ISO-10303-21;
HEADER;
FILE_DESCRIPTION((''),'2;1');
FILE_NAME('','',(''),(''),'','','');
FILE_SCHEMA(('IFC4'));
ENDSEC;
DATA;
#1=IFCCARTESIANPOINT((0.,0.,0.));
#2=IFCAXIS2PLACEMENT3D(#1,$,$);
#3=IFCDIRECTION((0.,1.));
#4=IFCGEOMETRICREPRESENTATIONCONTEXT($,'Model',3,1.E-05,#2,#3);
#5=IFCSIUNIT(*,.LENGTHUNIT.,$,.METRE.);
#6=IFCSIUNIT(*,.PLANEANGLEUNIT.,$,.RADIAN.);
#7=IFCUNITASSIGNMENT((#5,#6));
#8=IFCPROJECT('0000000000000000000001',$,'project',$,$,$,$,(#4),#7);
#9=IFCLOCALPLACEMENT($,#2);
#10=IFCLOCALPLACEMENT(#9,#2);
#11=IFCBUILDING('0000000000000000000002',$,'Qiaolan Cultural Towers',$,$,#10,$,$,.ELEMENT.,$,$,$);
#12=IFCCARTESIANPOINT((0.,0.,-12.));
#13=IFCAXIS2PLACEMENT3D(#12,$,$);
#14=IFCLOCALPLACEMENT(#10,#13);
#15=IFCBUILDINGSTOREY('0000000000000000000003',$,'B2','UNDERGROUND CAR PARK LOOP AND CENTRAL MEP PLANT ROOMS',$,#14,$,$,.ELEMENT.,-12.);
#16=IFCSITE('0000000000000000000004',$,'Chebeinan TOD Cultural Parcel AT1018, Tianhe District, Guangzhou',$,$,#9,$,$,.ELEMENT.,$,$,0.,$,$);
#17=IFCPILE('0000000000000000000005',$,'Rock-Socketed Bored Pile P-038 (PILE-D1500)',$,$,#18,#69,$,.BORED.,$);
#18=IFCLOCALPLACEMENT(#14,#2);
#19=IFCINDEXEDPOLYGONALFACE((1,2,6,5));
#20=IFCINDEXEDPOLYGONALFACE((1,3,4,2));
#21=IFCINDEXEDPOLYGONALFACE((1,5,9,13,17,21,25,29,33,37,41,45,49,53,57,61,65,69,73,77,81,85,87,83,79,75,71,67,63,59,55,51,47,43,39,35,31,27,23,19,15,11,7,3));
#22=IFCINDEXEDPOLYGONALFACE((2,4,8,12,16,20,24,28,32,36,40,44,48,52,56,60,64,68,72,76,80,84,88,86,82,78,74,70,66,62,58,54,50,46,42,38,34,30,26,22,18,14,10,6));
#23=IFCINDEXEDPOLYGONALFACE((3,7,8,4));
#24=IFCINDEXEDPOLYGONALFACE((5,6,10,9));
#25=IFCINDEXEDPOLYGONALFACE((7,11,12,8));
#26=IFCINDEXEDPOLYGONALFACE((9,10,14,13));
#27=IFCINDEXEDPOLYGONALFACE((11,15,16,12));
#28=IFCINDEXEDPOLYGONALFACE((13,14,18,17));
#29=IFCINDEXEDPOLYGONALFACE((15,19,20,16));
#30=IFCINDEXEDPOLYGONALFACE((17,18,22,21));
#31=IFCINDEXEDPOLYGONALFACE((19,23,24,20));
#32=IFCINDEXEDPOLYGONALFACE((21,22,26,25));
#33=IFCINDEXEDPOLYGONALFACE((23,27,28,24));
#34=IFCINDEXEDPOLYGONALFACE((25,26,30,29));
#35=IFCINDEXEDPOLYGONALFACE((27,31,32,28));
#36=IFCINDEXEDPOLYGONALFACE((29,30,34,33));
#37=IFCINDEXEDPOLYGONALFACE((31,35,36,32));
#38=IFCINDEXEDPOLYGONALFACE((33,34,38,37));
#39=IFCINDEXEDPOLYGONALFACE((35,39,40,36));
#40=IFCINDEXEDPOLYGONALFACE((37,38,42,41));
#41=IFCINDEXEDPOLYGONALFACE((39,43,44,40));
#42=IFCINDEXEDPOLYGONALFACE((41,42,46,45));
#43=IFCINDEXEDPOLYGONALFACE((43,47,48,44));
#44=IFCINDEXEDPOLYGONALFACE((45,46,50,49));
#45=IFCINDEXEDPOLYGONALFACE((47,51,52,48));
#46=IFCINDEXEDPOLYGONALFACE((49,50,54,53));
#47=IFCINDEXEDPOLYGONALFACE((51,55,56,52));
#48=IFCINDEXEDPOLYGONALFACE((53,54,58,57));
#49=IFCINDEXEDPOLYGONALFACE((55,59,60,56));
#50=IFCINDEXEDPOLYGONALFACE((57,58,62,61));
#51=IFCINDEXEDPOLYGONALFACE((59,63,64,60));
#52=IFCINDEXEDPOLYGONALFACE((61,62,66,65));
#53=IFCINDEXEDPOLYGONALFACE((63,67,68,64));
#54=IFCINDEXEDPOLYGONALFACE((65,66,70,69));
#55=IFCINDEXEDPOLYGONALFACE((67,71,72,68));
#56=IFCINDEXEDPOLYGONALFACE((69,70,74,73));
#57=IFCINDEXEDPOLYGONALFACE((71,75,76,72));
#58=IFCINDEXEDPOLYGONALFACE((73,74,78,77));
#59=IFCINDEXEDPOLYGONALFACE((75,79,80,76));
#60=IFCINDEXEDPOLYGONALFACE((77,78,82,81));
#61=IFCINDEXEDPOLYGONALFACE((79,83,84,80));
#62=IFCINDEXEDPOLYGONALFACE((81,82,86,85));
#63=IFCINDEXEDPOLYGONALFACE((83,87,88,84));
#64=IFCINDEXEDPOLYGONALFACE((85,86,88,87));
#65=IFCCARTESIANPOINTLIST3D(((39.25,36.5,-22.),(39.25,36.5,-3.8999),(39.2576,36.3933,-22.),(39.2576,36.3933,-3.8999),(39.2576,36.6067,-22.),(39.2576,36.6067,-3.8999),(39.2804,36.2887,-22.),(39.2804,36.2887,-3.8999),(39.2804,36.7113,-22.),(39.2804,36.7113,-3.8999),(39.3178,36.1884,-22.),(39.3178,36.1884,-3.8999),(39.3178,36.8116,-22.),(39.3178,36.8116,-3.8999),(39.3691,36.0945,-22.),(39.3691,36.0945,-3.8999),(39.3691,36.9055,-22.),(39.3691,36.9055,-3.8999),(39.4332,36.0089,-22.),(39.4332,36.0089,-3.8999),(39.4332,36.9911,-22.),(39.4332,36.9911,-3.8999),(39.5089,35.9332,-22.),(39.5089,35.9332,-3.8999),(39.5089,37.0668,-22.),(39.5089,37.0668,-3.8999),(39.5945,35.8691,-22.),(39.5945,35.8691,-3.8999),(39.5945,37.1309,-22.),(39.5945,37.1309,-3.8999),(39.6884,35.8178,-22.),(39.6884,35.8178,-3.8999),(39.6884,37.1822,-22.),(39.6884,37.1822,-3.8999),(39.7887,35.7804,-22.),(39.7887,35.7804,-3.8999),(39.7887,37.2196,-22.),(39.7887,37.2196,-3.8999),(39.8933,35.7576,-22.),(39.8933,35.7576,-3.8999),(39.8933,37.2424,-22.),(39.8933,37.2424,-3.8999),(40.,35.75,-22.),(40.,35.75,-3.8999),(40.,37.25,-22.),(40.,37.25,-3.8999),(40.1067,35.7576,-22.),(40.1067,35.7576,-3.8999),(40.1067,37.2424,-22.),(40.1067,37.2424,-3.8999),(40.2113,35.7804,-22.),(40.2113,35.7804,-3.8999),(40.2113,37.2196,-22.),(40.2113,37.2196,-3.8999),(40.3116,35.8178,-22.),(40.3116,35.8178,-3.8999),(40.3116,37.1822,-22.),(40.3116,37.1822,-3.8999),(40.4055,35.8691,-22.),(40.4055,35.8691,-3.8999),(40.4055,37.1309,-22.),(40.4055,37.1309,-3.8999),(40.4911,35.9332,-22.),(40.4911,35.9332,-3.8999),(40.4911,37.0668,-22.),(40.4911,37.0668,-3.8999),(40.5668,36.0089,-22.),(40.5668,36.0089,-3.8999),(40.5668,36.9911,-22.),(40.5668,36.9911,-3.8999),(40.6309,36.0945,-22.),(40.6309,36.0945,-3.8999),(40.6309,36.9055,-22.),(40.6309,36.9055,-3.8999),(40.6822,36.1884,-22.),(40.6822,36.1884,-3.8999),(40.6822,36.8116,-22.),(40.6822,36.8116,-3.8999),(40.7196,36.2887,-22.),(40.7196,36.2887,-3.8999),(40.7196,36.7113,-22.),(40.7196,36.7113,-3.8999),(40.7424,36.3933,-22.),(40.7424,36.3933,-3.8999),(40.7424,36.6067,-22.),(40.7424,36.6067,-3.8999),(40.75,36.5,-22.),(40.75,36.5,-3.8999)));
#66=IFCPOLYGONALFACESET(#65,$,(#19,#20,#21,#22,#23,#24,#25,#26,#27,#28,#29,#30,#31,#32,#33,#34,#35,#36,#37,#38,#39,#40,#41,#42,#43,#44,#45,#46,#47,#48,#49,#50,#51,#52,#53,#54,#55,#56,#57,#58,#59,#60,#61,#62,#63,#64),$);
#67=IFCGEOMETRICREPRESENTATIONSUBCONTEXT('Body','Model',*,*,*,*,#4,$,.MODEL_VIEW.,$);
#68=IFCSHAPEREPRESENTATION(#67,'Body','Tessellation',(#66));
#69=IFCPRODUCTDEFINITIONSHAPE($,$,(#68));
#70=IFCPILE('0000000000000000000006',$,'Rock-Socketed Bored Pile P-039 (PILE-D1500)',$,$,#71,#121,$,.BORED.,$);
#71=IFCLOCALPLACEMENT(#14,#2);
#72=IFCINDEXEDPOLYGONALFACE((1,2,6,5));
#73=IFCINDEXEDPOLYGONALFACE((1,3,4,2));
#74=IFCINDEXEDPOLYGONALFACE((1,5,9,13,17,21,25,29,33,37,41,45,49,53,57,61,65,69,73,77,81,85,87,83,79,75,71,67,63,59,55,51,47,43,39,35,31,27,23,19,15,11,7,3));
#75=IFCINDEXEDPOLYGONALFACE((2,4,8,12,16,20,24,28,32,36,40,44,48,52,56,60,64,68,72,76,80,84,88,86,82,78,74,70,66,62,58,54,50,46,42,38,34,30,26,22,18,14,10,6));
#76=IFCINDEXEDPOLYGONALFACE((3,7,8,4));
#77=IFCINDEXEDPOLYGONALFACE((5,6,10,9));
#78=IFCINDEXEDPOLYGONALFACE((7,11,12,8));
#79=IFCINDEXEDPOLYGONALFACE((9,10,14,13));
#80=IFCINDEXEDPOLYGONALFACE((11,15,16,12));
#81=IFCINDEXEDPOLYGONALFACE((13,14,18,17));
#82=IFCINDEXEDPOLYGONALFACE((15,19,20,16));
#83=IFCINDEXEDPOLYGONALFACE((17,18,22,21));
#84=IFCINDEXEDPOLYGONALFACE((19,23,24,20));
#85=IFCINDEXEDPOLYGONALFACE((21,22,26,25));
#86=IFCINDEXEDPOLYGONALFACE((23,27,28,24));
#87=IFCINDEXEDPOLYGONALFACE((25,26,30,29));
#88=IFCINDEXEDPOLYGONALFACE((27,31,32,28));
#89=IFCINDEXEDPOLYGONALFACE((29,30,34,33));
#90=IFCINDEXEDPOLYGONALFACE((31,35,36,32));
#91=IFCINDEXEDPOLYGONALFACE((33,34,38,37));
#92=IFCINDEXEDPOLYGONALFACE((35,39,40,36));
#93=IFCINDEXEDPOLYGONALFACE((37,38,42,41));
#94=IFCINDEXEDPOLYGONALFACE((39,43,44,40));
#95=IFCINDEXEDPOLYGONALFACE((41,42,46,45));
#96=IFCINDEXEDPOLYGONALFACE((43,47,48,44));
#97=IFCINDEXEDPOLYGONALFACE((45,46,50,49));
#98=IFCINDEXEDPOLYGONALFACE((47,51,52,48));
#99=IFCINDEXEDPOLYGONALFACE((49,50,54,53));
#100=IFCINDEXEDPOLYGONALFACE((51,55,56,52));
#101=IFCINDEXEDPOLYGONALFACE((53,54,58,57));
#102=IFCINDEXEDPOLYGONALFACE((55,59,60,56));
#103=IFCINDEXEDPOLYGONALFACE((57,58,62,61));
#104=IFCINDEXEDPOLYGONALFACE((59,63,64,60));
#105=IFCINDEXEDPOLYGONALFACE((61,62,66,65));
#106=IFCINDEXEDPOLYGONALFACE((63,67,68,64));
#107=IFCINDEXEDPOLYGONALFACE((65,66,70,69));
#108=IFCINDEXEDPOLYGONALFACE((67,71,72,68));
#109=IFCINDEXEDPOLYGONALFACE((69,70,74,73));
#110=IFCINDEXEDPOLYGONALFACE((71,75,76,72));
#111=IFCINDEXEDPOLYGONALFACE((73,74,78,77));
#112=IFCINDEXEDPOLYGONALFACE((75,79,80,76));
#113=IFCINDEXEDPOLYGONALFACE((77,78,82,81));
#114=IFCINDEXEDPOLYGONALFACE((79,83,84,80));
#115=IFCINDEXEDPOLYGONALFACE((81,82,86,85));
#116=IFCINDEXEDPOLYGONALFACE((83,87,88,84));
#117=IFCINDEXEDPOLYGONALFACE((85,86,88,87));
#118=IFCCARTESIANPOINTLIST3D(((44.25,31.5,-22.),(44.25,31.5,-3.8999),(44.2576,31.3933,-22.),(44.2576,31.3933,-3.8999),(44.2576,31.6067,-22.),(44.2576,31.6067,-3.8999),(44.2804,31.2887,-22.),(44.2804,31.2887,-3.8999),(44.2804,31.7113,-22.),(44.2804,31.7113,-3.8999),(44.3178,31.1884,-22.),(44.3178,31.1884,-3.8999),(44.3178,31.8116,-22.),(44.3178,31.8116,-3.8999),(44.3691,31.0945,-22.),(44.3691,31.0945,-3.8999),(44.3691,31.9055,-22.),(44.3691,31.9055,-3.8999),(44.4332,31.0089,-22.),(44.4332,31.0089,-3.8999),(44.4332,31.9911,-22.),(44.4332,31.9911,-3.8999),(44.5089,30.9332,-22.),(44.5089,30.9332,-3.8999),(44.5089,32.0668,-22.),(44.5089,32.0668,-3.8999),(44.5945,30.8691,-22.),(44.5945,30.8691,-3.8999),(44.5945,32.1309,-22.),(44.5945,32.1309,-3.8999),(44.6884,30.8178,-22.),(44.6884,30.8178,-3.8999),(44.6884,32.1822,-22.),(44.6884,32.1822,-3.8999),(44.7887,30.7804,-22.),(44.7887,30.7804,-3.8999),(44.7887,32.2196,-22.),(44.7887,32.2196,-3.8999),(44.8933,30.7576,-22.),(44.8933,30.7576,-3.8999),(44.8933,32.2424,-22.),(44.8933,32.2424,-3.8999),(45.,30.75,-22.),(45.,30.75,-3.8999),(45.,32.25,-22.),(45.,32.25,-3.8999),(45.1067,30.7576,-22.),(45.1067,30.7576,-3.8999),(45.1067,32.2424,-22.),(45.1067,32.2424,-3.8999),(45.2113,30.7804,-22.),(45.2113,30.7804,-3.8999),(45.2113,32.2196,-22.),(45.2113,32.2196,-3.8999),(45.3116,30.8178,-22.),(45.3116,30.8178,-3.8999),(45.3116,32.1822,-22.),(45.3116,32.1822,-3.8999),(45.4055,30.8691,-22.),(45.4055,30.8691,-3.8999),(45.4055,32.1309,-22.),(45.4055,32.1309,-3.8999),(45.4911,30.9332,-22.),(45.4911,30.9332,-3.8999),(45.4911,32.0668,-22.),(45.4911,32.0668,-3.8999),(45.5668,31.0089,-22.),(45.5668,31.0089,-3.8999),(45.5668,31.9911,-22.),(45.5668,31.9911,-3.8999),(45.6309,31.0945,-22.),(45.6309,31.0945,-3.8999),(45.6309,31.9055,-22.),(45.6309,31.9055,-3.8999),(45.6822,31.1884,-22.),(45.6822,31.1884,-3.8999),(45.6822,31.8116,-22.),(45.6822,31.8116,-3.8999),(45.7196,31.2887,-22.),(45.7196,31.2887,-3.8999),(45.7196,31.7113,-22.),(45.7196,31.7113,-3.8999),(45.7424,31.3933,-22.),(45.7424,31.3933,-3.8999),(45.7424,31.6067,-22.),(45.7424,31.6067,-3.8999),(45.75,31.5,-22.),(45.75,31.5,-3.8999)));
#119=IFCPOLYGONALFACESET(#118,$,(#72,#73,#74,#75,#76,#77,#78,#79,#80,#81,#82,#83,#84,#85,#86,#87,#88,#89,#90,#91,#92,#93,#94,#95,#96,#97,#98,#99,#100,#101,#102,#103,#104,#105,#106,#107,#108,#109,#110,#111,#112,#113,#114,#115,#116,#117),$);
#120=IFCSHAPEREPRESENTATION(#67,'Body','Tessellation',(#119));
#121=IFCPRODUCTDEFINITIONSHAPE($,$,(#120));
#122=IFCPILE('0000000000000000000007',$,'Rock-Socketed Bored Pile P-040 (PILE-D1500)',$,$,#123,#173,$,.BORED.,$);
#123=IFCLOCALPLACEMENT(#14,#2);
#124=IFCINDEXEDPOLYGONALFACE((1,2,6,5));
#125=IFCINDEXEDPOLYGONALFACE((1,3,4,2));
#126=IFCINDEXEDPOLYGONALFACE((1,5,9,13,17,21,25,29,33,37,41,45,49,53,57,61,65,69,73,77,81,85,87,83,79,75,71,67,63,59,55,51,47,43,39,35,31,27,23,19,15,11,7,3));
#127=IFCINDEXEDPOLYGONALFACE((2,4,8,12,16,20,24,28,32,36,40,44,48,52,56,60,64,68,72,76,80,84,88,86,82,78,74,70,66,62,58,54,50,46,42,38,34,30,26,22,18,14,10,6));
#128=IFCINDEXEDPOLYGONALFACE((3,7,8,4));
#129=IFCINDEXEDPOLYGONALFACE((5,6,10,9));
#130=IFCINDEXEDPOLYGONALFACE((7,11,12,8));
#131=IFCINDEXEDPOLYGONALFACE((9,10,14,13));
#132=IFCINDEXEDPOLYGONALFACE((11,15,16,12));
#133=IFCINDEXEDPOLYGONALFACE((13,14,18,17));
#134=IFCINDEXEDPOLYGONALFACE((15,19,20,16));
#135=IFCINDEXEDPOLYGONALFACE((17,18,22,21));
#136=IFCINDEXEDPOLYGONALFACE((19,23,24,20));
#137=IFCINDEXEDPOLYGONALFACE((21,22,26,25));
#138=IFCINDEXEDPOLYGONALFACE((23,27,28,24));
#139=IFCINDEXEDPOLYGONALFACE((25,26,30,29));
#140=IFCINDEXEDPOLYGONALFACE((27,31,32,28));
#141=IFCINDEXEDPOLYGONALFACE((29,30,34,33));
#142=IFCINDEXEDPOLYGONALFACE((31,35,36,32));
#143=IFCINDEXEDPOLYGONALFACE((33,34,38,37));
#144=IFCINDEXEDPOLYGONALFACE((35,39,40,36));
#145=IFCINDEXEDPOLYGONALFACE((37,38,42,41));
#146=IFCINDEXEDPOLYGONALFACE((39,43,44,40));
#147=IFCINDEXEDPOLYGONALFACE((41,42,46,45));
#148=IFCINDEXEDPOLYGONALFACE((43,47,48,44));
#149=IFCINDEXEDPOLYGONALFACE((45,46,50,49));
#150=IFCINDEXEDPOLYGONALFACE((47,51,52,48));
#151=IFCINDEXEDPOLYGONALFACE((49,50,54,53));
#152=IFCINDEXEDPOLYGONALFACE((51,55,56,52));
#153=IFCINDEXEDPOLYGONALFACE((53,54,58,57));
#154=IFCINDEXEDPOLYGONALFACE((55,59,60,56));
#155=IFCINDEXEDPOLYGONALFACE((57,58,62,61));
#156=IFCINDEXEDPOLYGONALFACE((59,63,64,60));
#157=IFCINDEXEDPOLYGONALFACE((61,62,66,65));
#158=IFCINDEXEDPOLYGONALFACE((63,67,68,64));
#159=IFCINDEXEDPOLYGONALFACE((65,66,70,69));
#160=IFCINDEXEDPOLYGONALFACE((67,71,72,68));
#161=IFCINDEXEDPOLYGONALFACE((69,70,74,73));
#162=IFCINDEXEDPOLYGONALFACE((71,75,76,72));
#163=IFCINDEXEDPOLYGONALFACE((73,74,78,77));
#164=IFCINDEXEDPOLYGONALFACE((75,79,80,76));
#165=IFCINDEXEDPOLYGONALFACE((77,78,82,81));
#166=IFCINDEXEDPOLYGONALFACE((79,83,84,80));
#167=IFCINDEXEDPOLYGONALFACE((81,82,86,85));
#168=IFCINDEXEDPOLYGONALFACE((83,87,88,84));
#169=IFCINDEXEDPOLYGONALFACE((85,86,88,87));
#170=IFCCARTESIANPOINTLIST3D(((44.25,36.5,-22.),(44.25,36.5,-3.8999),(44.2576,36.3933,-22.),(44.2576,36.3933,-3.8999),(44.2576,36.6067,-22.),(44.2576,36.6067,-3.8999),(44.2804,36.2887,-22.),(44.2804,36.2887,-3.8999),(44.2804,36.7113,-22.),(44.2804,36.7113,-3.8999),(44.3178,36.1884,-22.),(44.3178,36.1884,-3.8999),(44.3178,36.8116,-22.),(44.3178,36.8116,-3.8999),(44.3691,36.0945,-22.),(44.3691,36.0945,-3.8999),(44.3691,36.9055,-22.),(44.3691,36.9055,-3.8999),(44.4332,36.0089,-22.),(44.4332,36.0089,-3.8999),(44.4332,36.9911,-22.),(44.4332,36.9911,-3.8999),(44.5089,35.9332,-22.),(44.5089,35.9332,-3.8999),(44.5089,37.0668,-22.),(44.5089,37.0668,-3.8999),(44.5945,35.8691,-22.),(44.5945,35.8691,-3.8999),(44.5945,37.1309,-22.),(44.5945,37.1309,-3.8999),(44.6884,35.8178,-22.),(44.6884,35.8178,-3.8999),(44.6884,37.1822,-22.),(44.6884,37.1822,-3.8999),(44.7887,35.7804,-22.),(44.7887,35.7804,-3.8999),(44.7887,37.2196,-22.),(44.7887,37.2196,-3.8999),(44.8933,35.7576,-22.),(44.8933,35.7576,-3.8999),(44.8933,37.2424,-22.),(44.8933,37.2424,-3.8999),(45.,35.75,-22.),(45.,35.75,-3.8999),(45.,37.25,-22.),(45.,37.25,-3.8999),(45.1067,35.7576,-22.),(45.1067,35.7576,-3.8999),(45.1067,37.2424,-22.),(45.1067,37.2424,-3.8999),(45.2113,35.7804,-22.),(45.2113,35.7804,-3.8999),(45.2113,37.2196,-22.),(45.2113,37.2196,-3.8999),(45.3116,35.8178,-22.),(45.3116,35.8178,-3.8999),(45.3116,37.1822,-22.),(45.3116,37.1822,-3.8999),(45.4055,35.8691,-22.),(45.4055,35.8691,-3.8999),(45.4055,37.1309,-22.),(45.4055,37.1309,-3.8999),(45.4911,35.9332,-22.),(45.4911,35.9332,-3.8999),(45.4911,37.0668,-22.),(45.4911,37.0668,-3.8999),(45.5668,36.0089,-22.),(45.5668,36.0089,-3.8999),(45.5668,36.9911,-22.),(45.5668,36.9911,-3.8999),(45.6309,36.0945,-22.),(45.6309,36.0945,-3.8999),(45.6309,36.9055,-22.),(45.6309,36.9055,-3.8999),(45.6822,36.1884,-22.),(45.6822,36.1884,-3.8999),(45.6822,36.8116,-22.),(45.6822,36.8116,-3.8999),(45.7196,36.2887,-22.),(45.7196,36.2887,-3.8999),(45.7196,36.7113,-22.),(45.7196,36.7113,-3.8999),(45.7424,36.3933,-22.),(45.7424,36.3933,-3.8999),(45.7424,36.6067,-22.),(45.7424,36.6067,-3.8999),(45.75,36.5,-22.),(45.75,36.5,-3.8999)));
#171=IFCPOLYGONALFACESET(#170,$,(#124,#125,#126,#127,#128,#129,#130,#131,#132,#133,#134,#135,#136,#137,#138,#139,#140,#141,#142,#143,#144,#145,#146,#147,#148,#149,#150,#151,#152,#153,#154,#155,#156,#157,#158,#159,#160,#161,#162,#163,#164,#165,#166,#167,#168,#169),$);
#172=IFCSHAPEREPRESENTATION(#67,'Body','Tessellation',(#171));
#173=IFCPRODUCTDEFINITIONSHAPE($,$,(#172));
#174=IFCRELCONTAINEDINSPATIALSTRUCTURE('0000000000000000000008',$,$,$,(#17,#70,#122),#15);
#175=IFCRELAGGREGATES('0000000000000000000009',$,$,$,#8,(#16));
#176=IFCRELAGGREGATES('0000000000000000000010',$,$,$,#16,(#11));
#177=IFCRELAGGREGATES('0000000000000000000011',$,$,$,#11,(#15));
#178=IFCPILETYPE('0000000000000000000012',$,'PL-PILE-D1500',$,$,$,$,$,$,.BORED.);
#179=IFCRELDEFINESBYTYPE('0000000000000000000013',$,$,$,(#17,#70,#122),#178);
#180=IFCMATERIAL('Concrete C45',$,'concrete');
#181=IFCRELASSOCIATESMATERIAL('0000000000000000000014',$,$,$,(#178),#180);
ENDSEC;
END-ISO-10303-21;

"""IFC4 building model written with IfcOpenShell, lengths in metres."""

from ifc_helpers import new_model, si_unit, direction, frame, origin, origin_2d, place, context, subcontext, project, spatial, circle, extrude, material, material_profile, profile_set, type_object, element, save


model = new_model("IFC4")

# Units and contexts
model_context = context("Model", 3, precision=1e-05, world=origin(), true_north=direction((0.0, 1.0)))
body_context = subcontext(model_context, "Body", "Model", "MODEL_VIEW")
ifc_project = project(units=[si_unit("LENGTHUNIT", "METRE"), si_unit("PLANEANGLEUNIT", "RADIAN")], contexts=[model_context])

# Site, building, storey
site_placement = place(None, origin())
site = spatial("IfcSite", under=ifc_project, at=site_placement, Name="Chebeinan TOD Cultural Parcel AT1018, Tianhe District, Guangzhou", CompositionType="ELEMENT", RefElevation=0.0)
building_placement = place(site_placement, origin())
building = spatial("IfcBuilding", under=site, at=building_placement, Name="Qiaolan Cultural Towers", CompositionType="ELEMENT")
storey_placement = place(building_placement, frame((0.0, 0.0, -12.0)))
storey = spatial("IfcBuildingStorey", under=building, at=storey_placement, Name="B2", Description="UNDERGROUND CAR PARK LOOP AND CENTRAL MEP PLANT ROOMS", CompositionType="ELEMENT", Elevation=-12.0)

# Piles
ifc_material_1 = material(Name="Concrete C45", Category="concrete")
ifc_material_profile_1 = material_profile(ifc_material_1, circle(Radius=0.75, at=origin_2d()), Name="PILE-D1500")
ifc_profile_set_1 = profile_set([ifc_material_profile_1], Name="Concrete C45")
pile_type_1 = type_object("IfcPileType", Name="PL-PILE-D1500", PredefinedType="BORED", material=ifc_profile_set_1)
for number, where, z_axis, x_axis, name in (
    (1, (40.0, 36.5, -3.8999), (0.0, 0.0, -1.0), (1.0, 0.0, 0.0), "Rock-Socketed Bored Pile P-038 (PILE-D1500)"),
    (2, (45.0, 31.5, -3.8999), (0.0, 0.0, -1.0), (1.0, 0.0, 0.0), "Rock-Socketed Bored Pile P-039 (PILE-D1500)"),
    (3, (45.0, 36.5, -3.8999), (0.0, 0.0, -1.0), (1.0, 0.0, 0.0), "Rock-Socketed Bored Pile P-040 (PILE-D1500)"),
):
    element("IfcPile", number, at=place(storey_placement, frame(where, z_axis=z_axis, x_axis=x_axis)), inside=storey, type_object=pile_type_1, Name=name, PredefinedType="BORED", context=body_context, shape_type="SweptSolid", body=[
        extrude(circle(Radius=0.75, at=origin_2d()), origin(), (0.0, 0.0, 1.0), 18.1001),
    ])

save(model, "model.ifc")
